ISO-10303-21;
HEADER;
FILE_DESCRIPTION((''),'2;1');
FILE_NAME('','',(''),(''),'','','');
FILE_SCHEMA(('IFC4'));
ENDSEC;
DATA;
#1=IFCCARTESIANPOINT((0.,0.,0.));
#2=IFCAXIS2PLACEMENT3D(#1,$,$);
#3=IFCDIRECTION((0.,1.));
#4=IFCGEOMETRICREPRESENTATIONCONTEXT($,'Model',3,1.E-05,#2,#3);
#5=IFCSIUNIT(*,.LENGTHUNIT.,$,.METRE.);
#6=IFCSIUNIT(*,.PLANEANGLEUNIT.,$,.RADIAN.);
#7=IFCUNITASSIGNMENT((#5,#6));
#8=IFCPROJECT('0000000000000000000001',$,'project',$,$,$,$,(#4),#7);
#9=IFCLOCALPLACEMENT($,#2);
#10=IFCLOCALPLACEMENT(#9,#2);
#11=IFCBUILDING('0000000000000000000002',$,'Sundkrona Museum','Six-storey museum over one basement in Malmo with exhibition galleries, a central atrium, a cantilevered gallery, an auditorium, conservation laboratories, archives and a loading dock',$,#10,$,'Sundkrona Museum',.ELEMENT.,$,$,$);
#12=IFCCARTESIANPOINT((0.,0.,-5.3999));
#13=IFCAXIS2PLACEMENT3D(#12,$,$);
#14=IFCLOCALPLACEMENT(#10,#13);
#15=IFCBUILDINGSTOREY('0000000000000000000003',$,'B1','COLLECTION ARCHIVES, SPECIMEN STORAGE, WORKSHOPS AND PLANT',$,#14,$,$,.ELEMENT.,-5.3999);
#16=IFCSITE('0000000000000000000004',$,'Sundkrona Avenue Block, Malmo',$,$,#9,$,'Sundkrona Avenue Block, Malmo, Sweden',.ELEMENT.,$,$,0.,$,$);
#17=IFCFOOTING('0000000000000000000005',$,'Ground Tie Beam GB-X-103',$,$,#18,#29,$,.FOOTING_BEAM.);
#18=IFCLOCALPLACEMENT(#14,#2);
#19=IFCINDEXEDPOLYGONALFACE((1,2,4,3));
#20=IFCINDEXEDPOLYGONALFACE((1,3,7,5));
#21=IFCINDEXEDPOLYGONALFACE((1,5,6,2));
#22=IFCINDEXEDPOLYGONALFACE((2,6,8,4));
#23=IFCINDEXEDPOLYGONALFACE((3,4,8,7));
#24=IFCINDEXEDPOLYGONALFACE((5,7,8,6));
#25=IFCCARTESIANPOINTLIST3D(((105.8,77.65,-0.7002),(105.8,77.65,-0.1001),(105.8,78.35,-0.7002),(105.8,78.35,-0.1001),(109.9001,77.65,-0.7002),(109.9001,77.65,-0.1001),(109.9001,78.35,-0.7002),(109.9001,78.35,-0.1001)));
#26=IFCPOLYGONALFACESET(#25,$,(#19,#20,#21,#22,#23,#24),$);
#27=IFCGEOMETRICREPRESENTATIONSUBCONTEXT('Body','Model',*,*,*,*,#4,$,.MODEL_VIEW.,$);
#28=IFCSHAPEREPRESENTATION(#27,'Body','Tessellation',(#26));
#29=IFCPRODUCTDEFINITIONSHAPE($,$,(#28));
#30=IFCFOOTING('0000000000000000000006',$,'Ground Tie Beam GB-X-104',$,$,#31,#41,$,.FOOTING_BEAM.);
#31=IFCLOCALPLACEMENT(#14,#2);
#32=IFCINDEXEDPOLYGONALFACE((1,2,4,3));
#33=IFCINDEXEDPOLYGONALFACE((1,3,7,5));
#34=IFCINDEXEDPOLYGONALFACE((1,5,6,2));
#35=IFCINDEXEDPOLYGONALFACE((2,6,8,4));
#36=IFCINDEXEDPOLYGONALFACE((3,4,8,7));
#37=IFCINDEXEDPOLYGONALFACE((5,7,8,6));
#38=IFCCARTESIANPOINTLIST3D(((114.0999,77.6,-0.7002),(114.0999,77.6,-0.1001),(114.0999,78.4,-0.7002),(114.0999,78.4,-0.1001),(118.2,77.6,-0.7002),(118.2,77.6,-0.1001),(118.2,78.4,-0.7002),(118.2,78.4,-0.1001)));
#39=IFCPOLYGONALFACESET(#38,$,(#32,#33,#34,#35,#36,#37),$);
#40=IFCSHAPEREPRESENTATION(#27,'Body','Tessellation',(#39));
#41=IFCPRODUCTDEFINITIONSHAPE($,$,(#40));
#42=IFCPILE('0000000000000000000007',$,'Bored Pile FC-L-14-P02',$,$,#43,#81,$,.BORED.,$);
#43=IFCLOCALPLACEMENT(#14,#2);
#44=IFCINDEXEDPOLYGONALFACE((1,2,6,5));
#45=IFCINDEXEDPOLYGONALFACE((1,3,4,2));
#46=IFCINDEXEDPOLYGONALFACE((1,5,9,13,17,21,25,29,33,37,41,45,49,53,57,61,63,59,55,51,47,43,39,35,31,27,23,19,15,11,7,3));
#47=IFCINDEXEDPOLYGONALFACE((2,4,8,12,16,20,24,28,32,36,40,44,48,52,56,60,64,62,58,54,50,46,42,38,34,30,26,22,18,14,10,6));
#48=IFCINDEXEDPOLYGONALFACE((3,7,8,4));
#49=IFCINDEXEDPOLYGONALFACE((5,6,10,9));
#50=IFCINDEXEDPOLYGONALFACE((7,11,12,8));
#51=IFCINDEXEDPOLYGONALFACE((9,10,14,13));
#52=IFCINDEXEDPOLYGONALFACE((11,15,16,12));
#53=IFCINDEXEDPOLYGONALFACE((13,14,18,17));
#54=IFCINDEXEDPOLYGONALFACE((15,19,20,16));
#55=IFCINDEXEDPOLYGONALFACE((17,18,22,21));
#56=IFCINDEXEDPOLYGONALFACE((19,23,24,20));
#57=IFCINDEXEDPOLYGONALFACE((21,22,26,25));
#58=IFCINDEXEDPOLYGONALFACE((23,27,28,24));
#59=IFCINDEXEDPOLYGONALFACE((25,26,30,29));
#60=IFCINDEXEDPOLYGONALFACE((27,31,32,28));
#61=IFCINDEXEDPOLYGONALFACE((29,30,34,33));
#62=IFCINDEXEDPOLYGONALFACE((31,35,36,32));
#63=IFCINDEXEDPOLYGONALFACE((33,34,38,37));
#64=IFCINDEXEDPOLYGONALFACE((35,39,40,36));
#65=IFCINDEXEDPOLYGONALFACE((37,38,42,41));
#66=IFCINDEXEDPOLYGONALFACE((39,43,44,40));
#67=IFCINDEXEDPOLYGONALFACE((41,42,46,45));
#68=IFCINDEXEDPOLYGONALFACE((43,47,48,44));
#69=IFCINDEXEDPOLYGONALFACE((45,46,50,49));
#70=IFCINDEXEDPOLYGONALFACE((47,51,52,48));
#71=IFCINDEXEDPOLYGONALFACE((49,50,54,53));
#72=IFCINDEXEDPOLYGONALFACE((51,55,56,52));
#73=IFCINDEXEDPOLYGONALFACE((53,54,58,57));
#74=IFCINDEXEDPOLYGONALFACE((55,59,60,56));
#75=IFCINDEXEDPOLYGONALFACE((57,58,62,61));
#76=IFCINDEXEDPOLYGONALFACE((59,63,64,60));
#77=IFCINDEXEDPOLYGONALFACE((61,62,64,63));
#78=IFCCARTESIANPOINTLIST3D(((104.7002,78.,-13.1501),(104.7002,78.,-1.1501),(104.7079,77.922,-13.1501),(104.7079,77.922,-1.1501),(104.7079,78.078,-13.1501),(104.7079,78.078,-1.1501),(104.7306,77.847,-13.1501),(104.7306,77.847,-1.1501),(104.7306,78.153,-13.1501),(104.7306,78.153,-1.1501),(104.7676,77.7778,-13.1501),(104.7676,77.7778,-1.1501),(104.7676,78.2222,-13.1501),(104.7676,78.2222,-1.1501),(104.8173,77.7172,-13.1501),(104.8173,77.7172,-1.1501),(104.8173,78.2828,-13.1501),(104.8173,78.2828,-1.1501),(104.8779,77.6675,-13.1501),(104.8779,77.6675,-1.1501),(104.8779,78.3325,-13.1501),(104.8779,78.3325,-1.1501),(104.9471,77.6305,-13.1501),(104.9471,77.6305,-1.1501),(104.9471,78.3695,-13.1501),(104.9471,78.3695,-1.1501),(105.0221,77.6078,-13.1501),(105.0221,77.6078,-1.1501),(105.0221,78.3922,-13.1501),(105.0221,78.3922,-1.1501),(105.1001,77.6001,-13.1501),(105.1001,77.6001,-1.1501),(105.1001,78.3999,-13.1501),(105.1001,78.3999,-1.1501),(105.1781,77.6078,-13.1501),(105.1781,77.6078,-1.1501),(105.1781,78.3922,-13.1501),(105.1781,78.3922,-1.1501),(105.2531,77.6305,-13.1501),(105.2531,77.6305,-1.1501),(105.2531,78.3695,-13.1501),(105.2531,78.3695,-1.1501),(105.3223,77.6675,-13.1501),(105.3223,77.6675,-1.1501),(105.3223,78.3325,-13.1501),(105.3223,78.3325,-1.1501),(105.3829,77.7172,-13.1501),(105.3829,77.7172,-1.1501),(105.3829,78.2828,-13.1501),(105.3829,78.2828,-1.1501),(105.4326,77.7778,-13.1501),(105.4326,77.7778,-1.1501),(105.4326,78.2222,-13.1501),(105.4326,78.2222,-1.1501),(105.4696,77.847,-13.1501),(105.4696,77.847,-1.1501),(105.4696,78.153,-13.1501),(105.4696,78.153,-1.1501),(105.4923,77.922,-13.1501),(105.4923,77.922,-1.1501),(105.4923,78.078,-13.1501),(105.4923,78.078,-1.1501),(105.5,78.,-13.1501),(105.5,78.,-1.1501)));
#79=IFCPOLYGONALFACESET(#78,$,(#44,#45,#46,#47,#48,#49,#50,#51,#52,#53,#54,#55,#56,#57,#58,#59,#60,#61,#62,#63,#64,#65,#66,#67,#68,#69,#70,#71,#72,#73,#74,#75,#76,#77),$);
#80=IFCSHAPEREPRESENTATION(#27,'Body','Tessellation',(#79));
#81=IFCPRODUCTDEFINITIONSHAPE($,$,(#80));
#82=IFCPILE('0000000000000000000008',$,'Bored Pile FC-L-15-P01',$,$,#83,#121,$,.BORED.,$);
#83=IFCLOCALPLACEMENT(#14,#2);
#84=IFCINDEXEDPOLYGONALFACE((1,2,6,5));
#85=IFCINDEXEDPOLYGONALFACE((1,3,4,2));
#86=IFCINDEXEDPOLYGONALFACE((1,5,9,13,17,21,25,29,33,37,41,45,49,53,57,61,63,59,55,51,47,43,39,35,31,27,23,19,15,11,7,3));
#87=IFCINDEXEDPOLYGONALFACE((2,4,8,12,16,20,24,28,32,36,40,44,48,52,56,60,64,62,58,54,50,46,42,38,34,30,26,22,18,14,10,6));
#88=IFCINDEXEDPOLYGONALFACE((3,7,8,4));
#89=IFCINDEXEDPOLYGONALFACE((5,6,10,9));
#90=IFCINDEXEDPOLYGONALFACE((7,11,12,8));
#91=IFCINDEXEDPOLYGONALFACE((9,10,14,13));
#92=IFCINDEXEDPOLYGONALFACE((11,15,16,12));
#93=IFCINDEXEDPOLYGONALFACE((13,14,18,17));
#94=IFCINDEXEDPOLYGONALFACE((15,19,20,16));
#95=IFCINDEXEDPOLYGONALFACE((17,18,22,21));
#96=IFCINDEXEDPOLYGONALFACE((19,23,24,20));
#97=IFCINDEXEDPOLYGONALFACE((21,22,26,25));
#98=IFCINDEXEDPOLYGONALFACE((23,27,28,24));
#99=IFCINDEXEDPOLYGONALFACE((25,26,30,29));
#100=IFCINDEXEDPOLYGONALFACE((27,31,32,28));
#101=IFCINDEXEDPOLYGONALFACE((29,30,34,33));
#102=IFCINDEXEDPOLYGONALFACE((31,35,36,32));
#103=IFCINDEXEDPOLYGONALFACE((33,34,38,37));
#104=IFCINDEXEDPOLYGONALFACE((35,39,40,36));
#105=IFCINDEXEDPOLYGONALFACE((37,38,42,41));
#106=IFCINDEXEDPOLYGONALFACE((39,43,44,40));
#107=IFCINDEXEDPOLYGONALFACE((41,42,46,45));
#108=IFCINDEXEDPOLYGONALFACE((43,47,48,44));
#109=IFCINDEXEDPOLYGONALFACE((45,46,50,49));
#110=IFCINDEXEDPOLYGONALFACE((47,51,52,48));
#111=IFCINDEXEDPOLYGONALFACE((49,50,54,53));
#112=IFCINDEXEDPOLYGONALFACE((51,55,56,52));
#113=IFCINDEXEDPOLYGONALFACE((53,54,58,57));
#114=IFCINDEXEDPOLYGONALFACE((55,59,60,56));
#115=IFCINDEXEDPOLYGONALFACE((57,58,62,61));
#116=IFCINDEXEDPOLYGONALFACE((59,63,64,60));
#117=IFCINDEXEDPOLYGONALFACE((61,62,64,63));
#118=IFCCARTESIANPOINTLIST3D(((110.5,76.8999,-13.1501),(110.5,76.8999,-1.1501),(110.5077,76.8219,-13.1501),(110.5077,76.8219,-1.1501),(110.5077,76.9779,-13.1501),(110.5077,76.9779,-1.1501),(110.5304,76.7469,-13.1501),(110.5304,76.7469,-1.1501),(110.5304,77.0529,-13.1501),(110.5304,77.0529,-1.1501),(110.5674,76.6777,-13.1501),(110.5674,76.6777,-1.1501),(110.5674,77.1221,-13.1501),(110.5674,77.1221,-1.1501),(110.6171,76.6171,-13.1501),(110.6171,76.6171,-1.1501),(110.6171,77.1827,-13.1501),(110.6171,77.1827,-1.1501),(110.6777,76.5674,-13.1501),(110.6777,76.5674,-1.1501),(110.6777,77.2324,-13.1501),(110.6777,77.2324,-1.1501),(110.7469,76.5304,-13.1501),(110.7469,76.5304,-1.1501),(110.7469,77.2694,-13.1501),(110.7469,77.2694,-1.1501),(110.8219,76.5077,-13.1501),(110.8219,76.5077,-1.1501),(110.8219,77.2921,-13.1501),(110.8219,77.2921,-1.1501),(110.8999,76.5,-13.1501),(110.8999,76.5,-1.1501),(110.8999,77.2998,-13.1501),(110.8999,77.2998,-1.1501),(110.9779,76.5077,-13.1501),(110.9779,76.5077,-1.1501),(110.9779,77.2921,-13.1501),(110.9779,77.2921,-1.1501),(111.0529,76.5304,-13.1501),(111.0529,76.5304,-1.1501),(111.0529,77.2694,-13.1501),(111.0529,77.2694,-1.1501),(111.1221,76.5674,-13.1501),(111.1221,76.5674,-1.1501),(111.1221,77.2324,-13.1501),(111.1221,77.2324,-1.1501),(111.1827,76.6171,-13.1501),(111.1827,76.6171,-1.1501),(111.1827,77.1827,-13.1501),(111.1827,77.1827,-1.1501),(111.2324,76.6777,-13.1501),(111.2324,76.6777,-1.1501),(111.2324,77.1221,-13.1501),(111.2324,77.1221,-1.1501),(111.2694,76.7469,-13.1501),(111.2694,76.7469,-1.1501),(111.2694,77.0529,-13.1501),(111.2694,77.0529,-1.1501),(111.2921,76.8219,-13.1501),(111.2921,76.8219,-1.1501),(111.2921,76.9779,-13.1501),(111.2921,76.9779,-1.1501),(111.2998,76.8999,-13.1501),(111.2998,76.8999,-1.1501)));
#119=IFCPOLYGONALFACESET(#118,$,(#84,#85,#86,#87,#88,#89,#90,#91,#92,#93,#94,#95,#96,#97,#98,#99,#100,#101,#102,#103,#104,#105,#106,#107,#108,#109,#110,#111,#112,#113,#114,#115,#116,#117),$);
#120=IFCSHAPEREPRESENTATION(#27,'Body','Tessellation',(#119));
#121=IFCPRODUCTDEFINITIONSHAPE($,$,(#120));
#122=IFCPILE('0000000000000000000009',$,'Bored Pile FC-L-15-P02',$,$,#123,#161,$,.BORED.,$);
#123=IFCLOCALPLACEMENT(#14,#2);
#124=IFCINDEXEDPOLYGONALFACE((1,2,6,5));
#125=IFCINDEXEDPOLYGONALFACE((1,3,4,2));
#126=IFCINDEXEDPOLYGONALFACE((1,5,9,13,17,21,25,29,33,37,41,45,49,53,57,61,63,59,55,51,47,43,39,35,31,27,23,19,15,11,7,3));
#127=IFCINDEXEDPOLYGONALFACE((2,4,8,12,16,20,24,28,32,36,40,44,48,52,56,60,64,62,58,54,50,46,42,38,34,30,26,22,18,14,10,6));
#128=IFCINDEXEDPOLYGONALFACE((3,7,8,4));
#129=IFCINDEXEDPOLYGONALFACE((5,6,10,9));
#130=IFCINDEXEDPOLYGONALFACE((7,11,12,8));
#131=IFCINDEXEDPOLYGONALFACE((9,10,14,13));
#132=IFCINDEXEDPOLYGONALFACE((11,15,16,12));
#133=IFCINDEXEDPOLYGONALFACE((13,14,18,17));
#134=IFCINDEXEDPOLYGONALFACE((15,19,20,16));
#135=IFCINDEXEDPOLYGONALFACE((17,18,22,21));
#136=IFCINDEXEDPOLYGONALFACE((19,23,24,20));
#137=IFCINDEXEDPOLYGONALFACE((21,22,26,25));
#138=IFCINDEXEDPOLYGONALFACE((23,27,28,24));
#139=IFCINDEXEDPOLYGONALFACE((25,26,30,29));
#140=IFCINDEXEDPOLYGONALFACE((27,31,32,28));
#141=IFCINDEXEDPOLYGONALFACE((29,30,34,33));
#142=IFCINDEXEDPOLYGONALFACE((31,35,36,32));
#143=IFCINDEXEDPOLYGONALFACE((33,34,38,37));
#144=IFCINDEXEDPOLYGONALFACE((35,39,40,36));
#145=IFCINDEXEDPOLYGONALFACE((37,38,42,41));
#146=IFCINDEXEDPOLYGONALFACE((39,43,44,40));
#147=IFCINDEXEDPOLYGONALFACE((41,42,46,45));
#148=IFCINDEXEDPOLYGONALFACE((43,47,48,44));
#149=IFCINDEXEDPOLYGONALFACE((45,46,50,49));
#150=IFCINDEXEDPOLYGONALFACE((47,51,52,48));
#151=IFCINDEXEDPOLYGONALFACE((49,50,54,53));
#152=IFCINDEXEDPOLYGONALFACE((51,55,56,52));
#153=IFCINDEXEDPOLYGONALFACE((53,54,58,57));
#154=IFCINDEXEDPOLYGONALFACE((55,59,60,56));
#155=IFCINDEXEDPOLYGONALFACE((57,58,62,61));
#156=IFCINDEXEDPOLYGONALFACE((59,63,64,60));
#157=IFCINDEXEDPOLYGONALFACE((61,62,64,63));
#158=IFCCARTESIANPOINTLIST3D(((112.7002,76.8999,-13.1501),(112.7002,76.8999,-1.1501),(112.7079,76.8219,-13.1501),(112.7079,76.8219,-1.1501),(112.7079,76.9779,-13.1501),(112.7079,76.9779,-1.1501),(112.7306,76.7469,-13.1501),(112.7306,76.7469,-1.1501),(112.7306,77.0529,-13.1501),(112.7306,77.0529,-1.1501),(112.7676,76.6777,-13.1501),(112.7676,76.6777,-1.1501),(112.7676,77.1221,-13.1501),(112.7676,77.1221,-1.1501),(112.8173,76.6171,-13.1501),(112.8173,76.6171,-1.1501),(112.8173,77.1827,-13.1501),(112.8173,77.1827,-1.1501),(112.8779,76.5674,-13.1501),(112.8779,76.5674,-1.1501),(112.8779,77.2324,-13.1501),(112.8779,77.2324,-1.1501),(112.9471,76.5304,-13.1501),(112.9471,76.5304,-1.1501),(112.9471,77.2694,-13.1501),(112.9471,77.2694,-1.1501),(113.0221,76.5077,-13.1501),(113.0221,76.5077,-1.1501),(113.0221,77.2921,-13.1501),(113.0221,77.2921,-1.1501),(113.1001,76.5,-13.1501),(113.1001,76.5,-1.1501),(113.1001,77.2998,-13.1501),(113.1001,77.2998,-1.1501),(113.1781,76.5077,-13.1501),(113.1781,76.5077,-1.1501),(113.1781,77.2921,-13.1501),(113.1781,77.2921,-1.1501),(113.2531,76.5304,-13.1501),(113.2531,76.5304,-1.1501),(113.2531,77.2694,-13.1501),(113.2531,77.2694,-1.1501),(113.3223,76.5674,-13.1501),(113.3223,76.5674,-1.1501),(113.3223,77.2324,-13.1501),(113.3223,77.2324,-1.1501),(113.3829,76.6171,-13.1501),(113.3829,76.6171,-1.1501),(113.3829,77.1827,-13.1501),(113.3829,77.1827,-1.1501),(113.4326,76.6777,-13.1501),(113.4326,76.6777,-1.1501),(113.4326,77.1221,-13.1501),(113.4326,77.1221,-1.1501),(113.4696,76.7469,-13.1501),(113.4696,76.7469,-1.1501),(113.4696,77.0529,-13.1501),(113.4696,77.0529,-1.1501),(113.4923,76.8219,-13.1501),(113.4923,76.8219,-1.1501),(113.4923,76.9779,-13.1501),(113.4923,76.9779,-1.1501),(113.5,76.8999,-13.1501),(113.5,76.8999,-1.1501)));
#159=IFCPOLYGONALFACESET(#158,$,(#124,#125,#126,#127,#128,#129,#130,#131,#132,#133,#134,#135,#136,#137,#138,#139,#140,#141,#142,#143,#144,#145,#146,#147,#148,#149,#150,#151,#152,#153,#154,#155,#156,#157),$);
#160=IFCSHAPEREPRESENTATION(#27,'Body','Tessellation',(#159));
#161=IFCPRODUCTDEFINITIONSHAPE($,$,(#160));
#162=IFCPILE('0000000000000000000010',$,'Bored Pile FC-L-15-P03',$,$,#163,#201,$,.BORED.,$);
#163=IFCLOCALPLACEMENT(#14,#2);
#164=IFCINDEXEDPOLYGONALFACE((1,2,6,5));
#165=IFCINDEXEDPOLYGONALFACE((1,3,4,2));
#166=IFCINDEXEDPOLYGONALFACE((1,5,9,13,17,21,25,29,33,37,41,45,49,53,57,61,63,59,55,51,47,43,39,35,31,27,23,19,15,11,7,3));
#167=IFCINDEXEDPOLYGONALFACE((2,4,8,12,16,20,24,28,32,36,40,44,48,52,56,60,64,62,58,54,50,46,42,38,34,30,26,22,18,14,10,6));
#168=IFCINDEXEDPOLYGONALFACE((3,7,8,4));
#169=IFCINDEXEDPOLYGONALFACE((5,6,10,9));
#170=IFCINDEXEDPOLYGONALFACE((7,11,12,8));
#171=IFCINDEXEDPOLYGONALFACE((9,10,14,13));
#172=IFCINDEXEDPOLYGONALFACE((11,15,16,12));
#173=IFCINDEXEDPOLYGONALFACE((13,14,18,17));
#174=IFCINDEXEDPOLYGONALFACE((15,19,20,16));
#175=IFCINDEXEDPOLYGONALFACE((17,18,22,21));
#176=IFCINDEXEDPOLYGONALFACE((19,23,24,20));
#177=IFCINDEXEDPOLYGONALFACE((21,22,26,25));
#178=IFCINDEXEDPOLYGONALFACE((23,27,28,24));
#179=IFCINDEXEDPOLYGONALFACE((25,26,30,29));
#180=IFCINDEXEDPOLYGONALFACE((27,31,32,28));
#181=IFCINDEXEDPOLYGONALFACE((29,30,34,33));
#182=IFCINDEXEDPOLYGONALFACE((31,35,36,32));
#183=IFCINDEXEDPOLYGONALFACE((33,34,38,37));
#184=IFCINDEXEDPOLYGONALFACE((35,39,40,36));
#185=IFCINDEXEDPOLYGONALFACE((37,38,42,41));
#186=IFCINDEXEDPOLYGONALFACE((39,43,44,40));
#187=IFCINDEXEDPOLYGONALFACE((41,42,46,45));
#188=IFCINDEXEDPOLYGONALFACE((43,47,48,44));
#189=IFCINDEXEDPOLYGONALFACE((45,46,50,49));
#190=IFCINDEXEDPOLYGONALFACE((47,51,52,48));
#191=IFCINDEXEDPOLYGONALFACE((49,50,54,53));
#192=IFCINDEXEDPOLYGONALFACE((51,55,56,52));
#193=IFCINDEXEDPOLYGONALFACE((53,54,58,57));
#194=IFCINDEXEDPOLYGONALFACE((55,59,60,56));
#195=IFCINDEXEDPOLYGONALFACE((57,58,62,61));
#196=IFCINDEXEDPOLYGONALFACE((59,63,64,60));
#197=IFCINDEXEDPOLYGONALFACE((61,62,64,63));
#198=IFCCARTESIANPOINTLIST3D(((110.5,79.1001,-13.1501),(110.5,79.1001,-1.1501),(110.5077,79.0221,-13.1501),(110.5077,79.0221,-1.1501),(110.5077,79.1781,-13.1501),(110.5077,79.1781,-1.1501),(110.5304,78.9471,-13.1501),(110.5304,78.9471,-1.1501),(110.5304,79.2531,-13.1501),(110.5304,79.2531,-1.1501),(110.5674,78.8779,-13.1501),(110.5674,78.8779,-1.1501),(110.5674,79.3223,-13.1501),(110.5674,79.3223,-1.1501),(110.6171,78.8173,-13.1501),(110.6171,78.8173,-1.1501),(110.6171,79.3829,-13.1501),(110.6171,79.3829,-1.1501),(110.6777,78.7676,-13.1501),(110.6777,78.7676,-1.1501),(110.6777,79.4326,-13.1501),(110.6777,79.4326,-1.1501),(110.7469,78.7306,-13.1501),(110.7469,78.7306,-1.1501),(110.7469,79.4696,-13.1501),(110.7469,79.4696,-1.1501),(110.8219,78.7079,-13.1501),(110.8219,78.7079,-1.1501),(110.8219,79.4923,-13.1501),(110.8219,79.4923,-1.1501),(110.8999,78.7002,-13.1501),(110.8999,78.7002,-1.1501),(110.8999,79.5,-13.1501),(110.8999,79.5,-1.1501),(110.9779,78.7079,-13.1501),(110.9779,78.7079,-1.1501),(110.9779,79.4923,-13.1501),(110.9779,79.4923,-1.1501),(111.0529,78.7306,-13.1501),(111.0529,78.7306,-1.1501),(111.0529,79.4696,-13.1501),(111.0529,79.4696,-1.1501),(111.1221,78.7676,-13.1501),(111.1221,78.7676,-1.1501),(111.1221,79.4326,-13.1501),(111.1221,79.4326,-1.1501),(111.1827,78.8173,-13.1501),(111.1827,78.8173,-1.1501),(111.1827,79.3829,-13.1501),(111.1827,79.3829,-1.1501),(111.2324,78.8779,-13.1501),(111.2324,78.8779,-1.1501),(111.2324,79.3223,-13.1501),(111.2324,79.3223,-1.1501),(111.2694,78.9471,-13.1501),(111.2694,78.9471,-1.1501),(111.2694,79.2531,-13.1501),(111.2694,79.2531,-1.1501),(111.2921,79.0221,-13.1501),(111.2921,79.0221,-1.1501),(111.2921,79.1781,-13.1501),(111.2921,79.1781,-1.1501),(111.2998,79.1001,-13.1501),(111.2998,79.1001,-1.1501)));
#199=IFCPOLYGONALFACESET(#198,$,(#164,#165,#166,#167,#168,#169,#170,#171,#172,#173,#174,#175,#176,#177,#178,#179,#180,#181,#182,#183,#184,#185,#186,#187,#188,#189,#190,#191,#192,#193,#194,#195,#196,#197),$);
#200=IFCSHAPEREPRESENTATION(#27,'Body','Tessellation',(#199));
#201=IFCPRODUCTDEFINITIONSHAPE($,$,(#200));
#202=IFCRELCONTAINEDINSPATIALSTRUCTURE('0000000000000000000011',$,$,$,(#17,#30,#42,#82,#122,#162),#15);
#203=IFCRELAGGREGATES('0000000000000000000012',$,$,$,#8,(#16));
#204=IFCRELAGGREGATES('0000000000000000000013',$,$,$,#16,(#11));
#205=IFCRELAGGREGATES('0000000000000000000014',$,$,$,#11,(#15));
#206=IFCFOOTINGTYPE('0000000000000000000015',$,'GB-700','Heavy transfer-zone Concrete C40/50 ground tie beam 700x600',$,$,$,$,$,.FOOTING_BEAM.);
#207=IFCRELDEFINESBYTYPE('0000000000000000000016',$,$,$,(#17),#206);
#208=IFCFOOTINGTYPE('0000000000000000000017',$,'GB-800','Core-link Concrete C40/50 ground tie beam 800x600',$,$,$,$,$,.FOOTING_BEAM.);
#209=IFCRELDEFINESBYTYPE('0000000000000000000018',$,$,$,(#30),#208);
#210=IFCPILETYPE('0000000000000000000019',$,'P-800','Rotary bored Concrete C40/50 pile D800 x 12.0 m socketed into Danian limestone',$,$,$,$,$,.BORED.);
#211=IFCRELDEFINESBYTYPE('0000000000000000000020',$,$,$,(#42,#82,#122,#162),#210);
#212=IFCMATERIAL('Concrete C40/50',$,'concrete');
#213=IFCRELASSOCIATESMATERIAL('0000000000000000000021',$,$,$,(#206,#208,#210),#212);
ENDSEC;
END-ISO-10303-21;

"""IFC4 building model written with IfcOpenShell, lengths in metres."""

from ifc_helpers import new_model, si_unit, direction, frame, origin, origin_2d, place, context, subcontext, project, spatial, rectangle, circle, extrude, material, material_profile, profile_set, type_object, element, save


model = new_model("IFC4")

# Units and contexts
model_context = context("Model", 3, precision=1e-05, world=origin(), true_north=direction((0.0, 1.0)))
body_context = subcontext(model_context, "Body", "Model", "MODEL_VIEW")
ifc_project = project(units=[si_unit("LENGTHUNIT", "METRE"), si_unit("PLANEANGLEUNIT", "RADIAN")], contexts=[model_context])

# Site, building, storey
site_placement = place(None, origin())
site = spatial("IfcSite", under=ifc_project, at=site_placement, Name="Sundkrona Avenue Block, Malmo", LongName="Sundkrona Avenue Block, Malmo, Sweden", CompositionType="ELEMENT", RefElevation=0.0)
building_placement = place(site_placement, origin())
building = spatial("IfcBuilding", under=site, at=building_placement, Name="Sundkrona Museum", Description="Six-storey museum over one basement in Malmo with exhibition galleries, a central atrium, a cantilevered gallery, an auditorium, conservation laboratories, archives and a loading dock", LongName="Sundkrona Museum", CompositionType="ELEMENT")
storey_placement = place(building_placement, frame((0.0, 0.0, -5.3999)))
storey = spatial("IfcBuildingStorey", under=building, at=storey_placement, Name="B1", Description="COLLECTION ARCHIVES, SPECIMEN STORAGE, WORKSHOPS AND PLANT", CompositionType="ELEMENT", Elevation=-5.3999)

# Footings
ifc_material_1 = material(Name="Concrete C40/50", Category="concrete")
footing_type_1 = type_object("IfcFootingType", Name="GB-700", Description="Heavy transfer-zone Concrete C40/50 ground tie beam 700x600", PredefinedType="FOOTING_BEAM", material=ifc_material_1)
footing_1_placement = place(storey_placement, frame((107.8501, 78.0, -0.7002), z_axis=(0.0, 0.0, 1.0), x_axis=(1.0, 0.0, 0.0)))
element("IfcFooting", 1, at=footing_1_placement, inside=storey, type_object=footing_type_1, Name="Ground Tie Beam GB-X-103", PredefinedType="FOOTING_BEAM", context=body_context, shape_type="SweptSolid", body=[
    extrude(rectangle(XDim=4.1001, YDim=0.7, at=origin_2d()), origin(), (0.0, 0.0, 1.0), 0.6001),
])
footing_type_2 = type_object("IfcFootingType", Name="GB-800", Description="Core-link Concrete C40/50 ground tie beam 800x600", PredefinedType="FOOTING_BEAM", material=ifc_material_1)
footing_2_placement = place(storey_placement, frame((116.1499, 78.0, -0.7002), z_axis=(0.0, 0.0, 1.0), x_axis=(1.0, 0.0, 0.0)))
element("IfcFooting", 2, at=footing_2_placement, inside=storey, type_object=footing_type_2, Name="Ground Tie Beam GB-X-104", PredefinedType="FOOTING_BEAM", context=body_context, shape_type="SweptSolid", body=[
    extrude(rectangle(XDim=4.1001, YDim=0.8, at=origin_2d()), origin(), (0.0, 0.0, 1.0), 0.6001),
])

# Piles
ifc_material_profile_1 = material_profile(ifc_material_1, circle(Radius=0.3999, at=origin_2d()), Name="PILE D800")
ifc_profile_set_1 = profile_set([ifc_material_profile_1], Name="Concrete C40/50")
pile_type = type_object("IfcPileType", Name="P-800", Description="Rotary bored Concrete C40/50 pile D800 x 12.0 m socketed into Danian limestone", PredefinedType="BORED", material=ifc_profile_set_1)
for number, where, z_axis, x_axis, name in (
    (3, (105.1001, 78.0, -1.1501), (0.0, 0.0, -1.0), (1.0, 0.0, 0.0), "Bored Pile FC-L-14-P02"),
    (4, (110.8999, 76.8999, -1.1501), (0.0, 0.0, -1.0), (1.0, 0.0, 0.0), "Bored Pile FC-L-15-P01"),
    (5, (113.1001, 76.8999, -1.1501), (0.0, 0.0, -1.0), (1.0, 0.0, 0.0), "Bored Pile FC-L-15-P02"),
    (6, (110.8999, 79.1001, -1.1501), (0.0, 0.0, -1.0), (1.0, 0.0, 0.0), "Bored Pile FC-L-15-P03"),
):
    element("IfcPile", number, at=place(storey_placement, frame(where, z_axis=z_axis, x_axis=x_axis)), inside=storey, type_object=pile_type, Name=name, PredefinedType="BORED", context=body_context, shape_type="SweptSolid", body=[
        extrude(circle(Radius=0.3999, at=origin_2d()), origin(), (0.0, 0.0, 1.0), 12.0),
    ])

save(model, "model.ifc")
